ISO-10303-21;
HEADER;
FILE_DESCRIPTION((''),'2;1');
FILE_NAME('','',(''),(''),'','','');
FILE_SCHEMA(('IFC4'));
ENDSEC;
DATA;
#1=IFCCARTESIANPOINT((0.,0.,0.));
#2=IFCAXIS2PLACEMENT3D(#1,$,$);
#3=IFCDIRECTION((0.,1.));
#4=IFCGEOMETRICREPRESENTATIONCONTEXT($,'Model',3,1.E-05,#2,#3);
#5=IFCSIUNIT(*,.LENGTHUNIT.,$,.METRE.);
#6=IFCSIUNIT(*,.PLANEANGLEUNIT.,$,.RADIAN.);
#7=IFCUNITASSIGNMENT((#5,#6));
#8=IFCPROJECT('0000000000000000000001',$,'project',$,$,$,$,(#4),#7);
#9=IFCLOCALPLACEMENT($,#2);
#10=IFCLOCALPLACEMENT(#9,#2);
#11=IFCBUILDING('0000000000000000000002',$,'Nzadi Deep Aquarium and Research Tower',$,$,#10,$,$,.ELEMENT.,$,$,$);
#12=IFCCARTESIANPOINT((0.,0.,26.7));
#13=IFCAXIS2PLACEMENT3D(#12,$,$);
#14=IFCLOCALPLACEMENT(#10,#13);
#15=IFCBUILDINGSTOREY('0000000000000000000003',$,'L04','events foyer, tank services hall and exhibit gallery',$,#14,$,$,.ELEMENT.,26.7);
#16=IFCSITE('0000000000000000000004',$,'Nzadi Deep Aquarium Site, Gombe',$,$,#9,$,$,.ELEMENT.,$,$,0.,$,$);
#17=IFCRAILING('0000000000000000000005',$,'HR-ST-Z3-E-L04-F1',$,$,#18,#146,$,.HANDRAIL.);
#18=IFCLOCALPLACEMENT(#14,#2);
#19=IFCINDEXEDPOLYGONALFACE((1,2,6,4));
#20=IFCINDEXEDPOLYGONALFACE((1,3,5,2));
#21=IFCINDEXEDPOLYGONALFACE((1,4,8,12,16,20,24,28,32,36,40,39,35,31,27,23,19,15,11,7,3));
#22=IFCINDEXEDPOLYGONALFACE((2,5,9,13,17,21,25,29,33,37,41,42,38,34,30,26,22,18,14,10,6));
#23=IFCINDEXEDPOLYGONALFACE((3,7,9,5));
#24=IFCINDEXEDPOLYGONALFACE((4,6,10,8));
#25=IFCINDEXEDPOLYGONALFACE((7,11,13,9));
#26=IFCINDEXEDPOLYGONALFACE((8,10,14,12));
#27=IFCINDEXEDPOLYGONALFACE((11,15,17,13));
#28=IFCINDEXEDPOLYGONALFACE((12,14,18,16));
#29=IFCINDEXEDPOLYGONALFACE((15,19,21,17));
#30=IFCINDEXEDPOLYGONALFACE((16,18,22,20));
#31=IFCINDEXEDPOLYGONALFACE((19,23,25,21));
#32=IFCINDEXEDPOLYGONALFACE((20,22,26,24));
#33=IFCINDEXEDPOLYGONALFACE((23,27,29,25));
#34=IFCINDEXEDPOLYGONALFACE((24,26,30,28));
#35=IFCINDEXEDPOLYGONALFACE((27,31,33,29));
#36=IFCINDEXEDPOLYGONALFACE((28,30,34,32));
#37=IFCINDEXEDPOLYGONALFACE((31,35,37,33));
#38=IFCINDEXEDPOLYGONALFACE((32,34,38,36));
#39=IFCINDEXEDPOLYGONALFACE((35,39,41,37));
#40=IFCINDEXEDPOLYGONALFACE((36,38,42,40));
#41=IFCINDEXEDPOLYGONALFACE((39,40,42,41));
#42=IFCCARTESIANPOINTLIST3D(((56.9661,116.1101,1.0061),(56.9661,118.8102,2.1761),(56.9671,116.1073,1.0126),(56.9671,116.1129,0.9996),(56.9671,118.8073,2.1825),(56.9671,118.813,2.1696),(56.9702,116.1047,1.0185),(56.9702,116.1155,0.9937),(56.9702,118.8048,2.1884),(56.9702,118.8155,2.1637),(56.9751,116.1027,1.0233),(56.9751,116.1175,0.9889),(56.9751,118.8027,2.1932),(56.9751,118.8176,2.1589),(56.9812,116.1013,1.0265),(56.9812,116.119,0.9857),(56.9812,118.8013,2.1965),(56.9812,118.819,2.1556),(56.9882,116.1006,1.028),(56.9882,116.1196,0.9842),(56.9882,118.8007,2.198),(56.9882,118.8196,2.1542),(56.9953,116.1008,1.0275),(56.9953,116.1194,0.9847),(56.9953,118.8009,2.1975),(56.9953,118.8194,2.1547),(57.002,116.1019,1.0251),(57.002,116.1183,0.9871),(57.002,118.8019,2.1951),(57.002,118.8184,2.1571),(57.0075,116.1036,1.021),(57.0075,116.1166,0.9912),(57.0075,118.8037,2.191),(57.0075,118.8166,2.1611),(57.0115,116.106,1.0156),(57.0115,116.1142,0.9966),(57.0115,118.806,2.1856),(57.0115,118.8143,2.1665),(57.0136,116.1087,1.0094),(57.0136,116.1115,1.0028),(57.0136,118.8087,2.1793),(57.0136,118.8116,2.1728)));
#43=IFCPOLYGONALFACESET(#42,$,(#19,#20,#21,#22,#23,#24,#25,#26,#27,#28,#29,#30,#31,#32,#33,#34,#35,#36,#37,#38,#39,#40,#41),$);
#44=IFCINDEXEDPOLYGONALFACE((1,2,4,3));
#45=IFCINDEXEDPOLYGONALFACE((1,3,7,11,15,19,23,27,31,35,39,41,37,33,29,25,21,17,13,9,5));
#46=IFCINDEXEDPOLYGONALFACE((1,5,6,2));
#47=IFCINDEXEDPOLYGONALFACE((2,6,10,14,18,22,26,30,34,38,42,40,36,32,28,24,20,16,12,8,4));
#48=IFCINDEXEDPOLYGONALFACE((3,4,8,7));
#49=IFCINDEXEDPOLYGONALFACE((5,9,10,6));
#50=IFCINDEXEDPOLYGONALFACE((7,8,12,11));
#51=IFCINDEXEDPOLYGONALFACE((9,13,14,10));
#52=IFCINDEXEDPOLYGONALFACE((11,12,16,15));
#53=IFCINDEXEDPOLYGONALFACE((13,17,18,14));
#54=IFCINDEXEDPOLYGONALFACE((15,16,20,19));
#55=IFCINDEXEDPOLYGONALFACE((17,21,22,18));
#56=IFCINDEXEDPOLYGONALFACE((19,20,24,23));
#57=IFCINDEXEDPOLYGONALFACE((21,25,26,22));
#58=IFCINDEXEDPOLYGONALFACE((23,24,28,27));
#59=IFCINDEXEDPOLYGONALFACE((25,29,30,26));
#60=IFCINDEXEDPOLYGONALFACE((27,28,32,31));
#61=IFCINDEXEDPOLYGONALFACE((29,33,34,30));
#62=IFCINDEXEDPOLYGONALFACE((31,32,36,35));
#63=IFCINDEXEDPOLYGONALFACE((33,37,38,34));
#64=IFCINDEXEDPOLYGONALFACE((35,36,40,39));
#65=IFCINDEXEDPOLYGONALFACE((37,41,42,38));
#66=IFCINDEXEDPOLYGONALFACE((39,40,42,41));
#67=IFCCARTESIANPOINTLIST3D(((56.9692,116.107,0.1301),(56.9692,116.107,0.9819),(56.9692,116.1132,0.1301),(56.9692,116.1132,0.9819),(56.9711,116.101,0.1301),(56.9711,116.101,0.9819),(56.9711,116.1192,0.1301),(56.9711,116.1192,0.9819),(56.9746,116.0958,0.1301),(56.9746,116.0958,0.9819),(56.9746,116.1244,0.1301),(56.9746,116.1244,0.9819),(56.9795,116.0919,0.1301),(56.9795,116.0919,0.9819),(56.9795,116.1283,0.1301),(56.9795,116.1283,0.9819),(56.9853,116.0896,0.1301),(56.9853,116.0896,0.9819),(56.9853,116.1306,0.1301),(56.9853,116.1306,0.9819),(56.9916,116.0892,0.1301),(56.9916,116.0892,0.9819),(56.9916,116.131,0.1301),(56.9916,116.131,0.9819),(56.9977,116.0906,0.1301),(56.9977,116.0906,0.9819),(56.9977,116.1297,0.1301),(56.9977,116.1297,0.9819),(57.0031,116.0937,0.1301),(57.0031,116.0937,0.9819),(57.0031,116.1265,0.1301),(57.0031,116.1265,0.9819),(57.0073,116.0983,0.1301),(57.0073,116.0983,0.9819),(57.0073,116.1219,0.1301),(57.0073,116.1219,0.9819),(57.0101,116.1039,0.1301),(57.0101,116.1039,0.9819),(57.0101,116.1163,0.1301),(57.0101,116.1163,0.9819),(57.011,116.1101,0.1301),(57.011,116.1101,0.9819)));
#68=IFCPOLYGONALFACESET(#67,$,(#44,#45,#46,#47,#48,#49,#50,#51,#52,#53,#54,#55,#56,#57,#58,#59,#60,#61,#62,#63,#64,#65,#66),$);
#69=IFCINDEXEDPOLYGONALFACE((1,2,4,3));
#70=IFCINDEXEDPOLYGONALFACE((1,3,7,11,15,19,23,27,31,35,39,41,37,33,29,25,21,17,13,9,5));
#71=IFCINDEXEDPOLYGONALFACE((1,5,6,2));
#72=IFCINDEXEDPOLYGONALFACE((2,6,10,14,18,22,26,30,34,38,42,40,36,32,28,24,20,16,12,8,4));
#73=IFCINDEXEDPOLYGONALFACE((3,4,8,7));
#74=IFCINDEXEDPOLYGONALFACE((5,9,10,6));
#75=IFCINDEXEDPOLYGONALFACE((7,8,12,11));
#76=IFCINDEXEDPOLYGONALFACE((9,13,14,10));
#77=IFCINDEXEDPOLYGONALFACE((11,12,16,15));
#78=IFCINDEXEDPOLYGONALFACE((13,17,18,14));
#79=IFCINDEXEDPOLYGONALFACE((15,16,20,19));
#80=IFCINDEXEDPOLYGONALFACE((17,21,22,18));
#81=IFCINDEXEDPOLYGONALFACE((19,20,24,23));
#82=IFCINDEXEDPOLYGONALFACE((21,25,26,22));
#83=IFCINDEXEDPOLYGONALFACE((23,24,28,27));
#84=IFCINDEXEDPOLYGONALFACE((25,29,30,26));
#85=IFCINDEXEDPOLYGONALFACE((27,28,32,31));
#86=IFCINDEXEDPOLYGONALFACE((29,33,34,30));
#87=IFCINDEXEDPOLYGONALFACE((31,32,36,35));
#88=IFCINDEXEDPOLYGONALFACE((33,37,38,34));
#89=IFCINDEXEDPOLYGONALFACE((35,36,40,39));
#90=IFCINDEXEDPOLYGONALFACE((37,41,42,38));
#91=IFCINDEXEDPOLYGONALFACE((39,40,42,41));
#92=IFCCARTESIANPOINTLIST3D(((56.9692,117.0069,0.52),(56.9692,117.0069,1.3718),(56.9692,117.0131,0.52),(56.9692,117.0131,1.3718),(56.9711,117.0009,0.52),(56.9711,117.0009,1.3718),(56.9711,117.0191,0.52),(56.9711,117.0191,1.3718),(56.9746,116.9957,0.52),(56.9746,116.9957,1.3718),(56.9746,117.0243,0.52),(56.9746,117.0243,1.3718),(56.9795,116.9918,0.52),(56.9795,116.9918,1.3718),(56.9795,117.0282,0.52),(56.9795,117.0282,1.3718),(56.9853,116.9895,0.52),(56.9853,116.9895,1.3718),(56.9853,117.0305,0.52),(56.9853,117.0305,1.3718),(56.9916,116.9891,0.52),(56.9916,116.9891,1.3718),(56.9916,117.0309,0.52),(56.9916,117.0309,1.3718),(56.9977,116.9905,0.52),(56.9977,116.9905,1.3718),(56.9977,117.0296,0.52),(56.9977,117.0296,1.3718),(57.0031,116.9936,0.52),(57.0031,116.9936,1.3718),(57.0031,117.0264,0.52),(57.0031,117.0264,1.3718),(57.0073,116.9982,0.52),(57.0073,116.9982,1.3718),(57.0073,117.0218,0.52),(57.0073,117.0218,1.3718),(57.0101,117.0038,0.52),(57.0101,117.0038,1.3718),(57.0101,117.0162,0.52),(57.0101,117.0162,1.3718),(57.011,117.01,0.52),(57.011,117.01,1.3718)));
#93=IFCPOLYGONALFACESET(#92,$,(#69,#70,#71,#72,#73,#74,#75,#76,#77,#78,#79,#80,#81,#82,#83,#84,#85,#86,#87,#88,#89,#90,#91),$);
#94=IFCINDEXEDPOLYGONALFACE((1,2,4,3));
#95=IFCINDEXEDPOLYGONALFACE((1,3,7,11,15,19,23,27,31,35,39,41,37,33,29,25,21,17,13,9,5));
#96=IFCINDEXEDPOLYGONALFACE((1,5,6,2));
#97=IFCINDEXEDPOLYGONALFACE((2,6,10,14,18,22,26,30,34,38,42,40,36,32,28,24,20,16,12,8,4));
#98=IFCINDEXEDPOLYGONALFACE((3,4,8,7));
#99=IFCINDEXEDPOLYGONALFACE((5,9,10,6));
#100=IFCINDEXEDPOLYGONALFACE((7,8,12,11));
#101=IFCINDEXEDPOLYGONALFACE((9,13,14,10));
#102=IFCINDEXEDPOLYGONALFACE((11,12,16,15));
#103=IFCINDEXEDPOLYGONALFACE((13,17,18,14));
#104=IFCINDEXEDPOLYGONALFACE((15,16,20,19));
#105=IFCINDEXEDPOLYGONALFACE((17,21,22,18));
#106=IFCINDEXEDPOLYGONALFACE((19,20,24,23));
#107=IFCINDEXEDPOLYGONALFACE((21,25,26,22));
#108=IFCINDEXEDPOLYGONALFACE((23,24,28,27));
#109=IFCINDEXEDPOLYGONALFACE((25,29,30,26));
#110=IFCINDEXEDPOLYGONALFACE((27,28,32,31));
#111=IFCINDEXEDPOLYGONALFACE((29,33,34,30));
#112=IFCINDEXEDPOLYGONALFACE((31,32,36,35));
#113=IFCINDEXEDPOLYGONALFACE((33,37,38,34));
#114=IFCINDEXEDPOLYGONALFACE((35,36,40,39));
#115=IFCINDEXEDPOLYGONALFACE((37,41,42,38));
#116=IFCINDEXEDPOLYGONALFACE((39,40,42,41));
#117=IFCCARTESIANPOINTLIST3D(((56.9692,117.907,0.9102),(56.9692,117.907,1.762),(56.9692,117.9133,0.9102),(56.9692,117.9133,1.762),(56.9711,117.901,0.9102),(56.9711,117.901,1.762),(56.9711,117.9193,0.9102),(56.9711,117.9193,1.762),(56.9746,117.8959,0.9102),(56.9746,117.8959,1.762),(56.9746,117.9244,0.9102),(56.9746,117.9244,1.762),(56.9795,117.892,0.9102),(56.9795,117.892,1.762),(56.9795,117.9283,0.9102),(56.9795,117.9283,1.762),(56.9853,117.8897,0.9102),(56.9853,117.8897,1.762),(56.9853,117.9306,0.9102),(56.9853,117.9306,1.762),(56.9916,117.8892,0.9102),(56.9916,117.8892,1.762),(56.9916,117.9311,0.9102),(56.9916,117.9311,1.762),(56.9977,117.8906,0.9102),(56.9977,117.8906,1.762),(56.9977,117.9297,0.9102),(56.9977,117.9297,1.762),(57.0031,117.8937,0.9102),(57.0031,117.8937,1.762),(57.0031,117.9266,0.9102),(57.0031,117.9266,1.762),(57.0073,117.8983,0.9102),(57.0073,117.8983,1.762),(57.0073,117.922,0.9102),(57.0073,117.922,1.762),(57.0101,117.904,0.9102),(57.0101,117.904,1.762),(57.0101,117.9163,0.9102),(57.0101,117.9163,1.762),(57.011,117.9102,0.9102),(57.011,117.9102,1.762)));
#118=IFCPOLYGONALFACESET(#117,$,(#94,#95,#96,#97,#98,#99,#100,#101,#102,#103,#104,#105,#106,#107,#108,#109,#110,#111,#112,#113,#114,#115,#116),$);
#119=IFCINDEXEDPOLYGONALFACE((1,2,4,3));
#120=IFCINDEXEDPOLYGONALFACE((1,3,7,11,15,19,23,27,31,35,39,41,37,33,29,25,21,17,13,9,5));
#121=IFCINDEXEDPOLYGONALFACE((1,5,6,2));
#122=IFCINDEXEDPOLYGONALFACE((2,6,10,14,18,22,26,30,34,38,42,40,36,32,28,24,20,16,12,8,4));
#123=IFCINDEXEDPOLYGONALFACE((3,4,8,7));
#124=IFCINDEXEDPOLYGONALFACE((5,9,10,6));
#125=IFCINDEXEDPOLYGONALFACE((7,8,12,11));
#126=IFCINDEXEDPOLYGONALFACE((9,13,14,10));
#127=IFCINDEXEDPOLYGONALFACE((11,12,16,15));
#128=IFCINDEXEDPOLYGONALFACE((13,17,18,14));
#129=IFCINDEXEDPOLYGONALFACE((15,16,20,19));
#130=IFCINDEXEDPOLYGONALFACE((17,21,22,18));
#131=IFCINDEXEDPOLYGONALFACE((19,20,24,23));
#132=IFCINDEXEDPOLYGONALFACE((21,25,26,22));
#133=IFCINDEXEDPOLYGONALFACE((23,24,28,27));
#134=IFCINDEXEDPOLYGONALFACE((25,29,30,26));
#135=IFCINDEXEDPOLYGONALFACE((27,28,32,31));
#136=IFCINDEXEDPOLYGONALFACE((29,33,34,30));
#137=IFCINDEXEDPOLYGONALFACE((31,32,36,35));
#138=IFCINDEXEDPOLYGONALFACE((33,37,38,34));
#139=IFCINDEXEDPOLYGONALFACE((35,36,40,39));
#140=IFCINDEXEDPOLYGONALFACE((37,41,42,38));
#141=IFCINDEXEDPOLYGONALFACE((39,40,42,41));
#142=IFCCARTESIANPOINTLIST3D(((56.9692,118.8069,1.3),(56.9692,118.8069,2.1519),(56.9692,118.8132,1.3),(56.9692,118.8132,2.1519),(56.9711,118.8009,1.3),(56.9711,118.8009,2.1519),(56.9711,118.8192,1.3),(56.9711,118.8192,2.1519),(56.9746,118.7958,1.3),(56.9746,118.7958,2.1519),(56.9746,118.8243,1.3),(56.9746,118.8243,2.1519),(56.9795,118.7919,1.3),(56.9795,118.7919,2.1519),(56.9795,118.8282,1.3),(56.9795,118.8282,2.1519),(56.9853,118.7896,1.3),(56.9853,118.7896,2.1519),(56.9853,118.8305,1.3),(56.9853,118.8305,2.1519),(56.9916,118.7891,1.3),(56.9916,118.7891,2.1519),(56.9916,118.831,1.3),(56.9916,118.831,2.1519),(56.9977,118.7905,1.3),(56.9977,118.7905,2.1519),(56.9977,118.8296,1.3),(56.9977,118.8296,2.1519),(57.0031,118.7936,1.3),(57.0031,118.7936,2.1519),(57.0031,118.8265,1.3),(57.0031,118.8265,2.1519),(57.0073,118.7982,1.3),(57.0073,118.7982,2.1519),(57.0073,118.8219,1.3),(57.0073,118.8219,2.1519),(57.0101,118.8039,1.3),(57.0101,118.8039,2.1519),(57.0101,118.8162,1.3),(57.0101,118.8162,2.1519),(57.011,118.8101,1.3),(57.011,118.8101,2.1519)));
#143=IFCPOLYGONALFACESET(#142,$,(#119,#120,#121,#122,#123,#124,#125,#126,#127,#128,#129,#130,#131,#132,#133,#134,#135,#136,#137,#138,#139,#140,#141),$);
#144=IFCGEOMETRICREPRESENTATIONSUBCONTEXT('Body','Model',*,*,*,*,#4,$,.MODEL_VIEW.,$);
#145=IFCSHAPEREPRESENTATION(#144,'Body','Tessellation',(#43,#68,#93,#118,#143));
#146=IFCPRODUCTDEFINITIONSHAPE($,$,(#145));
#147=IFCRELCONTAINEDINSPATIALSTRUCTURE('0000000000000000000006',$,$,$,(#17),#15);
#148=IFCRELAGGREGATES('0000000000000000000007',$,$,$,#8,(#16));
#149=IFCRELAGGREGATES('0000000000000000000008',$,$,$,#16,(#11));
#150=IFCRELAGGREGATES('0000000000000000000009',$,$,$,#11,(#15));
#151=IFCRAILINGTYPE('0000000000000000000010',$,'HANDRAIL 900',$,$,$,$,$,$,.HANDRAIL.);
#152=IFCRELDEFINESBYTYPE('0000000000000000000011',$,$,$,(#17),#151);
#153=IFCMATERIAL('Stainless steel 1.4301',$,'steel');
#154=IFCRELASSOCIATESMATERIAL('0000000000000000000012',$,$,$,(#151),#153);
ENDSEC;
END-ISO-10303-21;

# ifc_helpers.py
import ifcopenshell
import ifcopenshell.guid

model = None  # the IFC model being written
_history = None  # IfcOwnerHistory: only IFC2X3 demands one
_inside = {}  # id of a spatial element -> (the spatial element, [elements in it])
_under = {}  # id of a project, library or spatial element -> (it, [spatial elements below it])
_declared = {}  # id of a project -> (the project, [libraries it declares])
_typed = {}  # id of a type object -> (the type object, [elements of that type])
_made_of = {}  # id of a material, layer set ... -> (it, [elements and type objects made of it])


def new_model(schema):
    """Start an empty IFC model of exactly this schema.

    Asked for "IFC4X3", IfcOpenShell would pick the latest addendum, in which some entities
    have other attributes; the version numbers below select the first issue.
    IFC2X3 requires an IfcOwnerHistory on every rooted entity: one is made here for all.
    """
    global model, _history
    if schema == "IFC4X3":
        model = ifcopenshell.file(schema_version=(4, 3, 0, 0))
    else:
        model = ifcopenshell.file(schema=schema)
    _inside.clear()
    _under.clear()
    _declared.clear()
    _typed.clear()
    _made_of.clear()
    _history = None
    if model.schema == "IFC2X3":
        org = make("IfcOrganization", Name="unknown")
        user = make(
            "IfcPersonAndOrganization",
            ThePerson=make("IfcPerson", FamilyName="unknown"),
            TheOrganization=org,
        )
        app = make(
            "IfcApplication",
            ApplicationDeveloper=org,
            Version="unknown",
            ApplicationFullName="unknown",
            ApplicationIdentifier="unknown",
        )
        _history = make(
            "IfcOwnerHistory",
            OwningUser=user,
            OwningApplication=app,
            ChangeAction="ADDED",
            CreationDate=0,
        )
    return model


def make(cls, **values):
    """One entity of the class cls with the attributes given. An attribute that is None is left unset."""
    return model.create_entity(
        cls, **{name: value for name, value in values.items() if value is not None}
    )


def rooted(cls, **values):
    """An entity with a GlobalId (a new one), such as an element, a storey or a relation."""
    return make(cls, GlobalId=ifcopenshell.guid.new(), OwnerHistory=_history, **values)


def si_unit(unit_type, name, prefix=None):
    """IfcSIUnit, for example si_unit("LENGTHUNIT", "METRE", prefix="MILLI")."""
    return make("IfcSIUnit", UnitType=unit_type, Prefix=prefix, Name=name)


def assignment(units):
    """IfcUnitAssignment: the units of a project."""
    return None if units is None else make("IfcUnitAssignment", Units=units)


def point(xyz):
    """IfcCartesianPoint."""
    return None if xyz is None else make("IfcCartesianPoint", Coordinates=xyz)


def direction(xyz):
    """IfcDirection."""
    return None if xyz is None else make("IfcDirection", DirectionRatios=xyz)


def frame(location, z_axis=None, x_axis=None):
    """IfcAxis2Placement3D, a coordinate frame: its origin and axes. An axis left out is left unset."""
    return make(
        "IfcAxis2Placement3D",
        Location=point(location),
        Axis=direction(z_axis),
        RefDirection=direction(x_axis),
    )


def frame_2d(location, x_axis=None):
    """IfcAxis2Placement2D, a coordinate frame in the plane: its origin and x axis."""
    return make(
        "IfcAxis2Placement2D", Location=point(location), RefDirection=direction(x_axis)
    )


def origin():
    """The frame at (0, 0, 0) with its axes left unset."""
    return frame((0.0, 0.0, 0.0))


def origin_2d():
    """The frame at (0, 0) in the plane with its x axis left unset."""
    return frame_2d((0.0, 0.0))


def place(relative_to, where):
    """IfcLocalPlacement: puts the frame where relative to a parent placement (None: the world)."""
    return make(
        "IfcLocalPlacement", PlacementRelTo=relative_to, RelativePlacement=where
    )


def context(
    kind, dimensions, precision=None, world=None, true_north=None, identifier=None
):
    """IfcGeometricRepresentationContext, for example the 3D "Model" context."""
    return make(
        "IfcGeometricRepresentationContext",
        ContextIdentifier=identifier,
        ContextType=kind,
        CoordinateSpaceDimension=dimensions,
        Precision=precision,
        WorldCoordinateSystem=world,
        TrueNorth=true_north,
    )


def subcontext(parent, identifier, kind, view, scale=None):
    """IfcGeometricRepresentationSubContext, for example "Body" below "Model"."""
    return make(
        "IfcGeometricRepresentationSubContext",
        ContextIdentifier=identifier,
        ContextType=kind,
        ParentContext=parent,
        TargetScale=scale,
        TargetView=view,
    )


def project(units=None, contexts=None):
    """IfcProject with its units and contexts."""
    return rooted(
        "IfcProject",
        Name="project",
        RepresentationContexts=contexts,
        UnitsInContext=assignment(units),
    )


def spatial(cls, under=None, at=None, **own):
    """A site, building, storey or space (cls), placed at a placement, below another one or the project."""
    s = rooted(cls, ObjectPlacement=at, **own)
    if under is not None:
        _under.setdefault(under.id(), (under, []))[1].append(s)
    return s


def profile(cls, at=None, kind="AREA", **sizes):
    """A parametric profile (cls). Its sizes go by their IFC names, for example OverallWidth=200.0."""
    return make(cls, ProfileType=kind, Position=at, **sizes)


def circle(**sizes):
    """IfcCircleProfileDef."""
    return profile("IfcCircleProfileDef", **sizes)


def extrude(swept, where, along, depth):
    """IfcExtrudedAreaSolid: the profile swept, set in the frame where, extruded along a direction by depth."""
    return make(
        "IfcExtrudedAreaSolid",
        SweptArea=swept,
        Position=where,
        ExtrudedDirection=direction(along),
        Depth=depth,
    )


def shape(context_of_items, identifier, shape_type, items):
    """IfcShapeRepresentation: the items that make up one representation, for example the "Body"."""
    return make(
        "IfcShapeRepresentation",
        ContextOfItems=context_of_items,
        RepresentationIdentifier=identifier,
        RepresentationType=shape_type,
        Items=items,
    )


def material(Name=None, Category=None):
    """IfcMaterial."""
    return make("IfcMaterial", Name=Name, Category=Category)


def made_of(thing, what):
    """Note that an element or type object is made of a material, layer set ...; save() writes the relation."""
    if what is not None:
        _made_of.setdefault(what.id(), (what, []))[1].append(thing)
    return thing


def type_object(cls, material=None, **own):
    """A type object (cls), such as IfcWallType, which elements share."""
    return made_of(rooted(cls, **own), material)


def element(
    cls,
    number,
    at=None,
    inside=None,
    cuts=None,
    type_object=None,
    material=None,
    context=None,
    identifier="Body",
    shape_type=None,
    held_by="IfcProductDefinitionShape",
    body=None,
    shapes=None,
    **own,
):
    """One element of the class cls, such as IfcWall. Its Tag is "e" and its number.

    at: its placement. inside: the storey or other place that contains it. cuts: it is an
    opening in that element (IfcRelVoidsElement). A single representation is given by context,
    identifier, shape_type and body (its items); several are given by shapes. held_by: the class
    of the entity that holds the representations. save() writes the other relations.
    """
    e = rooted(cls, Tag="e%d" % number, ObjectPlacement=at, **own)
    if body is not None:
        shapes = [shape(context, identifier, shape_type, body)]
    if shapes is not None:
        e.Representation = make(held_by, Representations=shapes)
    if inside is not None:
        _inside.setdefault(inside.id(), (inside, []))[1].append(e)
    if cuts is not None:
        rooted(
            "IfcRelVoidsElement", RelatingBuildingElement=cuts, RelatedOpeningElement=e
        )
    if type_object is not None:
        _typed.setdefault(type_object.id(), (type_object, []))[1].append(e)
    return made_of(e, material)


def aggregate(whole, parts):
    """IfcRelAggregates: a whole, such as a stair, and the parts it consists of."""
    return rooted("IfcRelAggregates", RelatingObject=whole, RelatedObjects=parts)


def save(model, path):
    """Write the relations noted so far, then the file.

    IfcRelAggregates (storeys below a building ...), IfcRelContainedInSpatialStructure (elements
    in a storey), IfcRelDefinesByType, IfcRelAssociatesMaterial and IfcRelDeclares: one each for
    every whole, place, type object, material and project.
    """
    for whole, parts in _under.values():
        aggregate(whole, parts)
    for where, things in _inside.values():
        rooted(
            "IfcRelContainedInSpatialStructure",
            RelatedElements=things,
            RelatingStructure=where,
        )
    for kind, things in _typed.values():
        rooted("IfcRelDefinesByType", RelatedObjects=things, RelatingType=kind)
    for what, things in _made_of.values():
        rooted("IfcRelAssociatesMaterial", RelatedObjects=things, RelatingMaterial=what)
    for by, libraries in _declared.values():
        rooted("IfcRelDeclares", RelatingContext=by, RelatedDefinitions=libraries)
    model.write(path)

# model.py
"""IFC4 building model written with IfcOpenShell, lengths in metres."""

from ifc_helpers import new_model, si_unit, direction, frame, origin, origin_2d, place, context, subcontext, project, spatial, circle, extrude, material, type_object, element, save


model = new_model("IFC4")

# Units and contexts
model_context = context("Model", 3, precision=1e-05, world=origin(), true_north=direction((0.0, 1.0)))
body_context = subcontext(model_context, "Body", "Model", "MODEL_VIEW")
ifc_project = project(units=[si_unit("LENGTHUNIT", "METRE"), si_unit("PLANEANGLEUNIT", "RADIAN")], contexts=[model_context])

# Site, building, storey
site_placement = place(None, origin())
site = spatial("IfcSite", under=ifc_project, at=site_placement, Name="Nzadi Deep Aquarium Site, Gombe", CompositionType="ELEMENT", RefElevation=0.0)
building_placement = place(site_placement, origin())
building = spatial("IfcBuilding", under=site, at=building_placement, Name="Nzadi Deep Aquarium and Research Tower", CompositionType="ELEMENT")
storey_placement = place(building_placement, frame((0.0, 0.0, 26.7)))
storey = spatial("IfcBuildingStorey", under=building, at=storey_placement, Name="L04", Description="events foyer, tank services hall and exhibit gallery", CompositionType="ELEMENT", Elevation=26.7)

# Railing
ifc_material_1 = material(Name="Stainless steel 1.4301", Category="steel")
railing_type = type_object("IfcRailingType", Name="HANDRAIL 900", PredefinedType="HANDRAIL", material=ifc_material_1)
for number, where, name in (
    (1, (56.99, 116.1101, 0.1301), "HR-ST-Z3-E-L04-F1"),
):
    element("IfcRailing", number, at=place(storey_placement, frame(where)), inside=storey, type_object=railing_type, Name=name, PredefinedType="HANDRAIL", context=body_context, shape_type="SweptSolid", body=[
        extrude(circle(Radius=0.0239, at=origin_2d()), frame((0.0, 0.0, 0.876), z_axis=(0.0, 0.917563, 0.397591), x_axis=(-1.0, 0.0, 0.0)), (0.0, 0.0, 1.0), 2.9426),
        extrude(circle(Radius=0.021, at=origin_2d()), origin(), (0.0, 0.0, 1.0), 0.8518),
        extrude(circle(Radius=0.021, at=origin_2d()), frame((0.0, 0.8999, 0.3899)), (0.0, 0.0, 1.0), 0.8518),
        extrude(circle(Radius=0.021, at=origin_2d()), frame((0.0, 1.8, 0.78)), (0.0, 0.0, 1.0), 0.8518),
        extrude(circle(Radius=0.021, at=origin_2d()), frame((0.0, 2.7, 1.1699)), (0.0, 0.0, 1.0), 0.8518),
    ])

save(model, "model.ifc")
